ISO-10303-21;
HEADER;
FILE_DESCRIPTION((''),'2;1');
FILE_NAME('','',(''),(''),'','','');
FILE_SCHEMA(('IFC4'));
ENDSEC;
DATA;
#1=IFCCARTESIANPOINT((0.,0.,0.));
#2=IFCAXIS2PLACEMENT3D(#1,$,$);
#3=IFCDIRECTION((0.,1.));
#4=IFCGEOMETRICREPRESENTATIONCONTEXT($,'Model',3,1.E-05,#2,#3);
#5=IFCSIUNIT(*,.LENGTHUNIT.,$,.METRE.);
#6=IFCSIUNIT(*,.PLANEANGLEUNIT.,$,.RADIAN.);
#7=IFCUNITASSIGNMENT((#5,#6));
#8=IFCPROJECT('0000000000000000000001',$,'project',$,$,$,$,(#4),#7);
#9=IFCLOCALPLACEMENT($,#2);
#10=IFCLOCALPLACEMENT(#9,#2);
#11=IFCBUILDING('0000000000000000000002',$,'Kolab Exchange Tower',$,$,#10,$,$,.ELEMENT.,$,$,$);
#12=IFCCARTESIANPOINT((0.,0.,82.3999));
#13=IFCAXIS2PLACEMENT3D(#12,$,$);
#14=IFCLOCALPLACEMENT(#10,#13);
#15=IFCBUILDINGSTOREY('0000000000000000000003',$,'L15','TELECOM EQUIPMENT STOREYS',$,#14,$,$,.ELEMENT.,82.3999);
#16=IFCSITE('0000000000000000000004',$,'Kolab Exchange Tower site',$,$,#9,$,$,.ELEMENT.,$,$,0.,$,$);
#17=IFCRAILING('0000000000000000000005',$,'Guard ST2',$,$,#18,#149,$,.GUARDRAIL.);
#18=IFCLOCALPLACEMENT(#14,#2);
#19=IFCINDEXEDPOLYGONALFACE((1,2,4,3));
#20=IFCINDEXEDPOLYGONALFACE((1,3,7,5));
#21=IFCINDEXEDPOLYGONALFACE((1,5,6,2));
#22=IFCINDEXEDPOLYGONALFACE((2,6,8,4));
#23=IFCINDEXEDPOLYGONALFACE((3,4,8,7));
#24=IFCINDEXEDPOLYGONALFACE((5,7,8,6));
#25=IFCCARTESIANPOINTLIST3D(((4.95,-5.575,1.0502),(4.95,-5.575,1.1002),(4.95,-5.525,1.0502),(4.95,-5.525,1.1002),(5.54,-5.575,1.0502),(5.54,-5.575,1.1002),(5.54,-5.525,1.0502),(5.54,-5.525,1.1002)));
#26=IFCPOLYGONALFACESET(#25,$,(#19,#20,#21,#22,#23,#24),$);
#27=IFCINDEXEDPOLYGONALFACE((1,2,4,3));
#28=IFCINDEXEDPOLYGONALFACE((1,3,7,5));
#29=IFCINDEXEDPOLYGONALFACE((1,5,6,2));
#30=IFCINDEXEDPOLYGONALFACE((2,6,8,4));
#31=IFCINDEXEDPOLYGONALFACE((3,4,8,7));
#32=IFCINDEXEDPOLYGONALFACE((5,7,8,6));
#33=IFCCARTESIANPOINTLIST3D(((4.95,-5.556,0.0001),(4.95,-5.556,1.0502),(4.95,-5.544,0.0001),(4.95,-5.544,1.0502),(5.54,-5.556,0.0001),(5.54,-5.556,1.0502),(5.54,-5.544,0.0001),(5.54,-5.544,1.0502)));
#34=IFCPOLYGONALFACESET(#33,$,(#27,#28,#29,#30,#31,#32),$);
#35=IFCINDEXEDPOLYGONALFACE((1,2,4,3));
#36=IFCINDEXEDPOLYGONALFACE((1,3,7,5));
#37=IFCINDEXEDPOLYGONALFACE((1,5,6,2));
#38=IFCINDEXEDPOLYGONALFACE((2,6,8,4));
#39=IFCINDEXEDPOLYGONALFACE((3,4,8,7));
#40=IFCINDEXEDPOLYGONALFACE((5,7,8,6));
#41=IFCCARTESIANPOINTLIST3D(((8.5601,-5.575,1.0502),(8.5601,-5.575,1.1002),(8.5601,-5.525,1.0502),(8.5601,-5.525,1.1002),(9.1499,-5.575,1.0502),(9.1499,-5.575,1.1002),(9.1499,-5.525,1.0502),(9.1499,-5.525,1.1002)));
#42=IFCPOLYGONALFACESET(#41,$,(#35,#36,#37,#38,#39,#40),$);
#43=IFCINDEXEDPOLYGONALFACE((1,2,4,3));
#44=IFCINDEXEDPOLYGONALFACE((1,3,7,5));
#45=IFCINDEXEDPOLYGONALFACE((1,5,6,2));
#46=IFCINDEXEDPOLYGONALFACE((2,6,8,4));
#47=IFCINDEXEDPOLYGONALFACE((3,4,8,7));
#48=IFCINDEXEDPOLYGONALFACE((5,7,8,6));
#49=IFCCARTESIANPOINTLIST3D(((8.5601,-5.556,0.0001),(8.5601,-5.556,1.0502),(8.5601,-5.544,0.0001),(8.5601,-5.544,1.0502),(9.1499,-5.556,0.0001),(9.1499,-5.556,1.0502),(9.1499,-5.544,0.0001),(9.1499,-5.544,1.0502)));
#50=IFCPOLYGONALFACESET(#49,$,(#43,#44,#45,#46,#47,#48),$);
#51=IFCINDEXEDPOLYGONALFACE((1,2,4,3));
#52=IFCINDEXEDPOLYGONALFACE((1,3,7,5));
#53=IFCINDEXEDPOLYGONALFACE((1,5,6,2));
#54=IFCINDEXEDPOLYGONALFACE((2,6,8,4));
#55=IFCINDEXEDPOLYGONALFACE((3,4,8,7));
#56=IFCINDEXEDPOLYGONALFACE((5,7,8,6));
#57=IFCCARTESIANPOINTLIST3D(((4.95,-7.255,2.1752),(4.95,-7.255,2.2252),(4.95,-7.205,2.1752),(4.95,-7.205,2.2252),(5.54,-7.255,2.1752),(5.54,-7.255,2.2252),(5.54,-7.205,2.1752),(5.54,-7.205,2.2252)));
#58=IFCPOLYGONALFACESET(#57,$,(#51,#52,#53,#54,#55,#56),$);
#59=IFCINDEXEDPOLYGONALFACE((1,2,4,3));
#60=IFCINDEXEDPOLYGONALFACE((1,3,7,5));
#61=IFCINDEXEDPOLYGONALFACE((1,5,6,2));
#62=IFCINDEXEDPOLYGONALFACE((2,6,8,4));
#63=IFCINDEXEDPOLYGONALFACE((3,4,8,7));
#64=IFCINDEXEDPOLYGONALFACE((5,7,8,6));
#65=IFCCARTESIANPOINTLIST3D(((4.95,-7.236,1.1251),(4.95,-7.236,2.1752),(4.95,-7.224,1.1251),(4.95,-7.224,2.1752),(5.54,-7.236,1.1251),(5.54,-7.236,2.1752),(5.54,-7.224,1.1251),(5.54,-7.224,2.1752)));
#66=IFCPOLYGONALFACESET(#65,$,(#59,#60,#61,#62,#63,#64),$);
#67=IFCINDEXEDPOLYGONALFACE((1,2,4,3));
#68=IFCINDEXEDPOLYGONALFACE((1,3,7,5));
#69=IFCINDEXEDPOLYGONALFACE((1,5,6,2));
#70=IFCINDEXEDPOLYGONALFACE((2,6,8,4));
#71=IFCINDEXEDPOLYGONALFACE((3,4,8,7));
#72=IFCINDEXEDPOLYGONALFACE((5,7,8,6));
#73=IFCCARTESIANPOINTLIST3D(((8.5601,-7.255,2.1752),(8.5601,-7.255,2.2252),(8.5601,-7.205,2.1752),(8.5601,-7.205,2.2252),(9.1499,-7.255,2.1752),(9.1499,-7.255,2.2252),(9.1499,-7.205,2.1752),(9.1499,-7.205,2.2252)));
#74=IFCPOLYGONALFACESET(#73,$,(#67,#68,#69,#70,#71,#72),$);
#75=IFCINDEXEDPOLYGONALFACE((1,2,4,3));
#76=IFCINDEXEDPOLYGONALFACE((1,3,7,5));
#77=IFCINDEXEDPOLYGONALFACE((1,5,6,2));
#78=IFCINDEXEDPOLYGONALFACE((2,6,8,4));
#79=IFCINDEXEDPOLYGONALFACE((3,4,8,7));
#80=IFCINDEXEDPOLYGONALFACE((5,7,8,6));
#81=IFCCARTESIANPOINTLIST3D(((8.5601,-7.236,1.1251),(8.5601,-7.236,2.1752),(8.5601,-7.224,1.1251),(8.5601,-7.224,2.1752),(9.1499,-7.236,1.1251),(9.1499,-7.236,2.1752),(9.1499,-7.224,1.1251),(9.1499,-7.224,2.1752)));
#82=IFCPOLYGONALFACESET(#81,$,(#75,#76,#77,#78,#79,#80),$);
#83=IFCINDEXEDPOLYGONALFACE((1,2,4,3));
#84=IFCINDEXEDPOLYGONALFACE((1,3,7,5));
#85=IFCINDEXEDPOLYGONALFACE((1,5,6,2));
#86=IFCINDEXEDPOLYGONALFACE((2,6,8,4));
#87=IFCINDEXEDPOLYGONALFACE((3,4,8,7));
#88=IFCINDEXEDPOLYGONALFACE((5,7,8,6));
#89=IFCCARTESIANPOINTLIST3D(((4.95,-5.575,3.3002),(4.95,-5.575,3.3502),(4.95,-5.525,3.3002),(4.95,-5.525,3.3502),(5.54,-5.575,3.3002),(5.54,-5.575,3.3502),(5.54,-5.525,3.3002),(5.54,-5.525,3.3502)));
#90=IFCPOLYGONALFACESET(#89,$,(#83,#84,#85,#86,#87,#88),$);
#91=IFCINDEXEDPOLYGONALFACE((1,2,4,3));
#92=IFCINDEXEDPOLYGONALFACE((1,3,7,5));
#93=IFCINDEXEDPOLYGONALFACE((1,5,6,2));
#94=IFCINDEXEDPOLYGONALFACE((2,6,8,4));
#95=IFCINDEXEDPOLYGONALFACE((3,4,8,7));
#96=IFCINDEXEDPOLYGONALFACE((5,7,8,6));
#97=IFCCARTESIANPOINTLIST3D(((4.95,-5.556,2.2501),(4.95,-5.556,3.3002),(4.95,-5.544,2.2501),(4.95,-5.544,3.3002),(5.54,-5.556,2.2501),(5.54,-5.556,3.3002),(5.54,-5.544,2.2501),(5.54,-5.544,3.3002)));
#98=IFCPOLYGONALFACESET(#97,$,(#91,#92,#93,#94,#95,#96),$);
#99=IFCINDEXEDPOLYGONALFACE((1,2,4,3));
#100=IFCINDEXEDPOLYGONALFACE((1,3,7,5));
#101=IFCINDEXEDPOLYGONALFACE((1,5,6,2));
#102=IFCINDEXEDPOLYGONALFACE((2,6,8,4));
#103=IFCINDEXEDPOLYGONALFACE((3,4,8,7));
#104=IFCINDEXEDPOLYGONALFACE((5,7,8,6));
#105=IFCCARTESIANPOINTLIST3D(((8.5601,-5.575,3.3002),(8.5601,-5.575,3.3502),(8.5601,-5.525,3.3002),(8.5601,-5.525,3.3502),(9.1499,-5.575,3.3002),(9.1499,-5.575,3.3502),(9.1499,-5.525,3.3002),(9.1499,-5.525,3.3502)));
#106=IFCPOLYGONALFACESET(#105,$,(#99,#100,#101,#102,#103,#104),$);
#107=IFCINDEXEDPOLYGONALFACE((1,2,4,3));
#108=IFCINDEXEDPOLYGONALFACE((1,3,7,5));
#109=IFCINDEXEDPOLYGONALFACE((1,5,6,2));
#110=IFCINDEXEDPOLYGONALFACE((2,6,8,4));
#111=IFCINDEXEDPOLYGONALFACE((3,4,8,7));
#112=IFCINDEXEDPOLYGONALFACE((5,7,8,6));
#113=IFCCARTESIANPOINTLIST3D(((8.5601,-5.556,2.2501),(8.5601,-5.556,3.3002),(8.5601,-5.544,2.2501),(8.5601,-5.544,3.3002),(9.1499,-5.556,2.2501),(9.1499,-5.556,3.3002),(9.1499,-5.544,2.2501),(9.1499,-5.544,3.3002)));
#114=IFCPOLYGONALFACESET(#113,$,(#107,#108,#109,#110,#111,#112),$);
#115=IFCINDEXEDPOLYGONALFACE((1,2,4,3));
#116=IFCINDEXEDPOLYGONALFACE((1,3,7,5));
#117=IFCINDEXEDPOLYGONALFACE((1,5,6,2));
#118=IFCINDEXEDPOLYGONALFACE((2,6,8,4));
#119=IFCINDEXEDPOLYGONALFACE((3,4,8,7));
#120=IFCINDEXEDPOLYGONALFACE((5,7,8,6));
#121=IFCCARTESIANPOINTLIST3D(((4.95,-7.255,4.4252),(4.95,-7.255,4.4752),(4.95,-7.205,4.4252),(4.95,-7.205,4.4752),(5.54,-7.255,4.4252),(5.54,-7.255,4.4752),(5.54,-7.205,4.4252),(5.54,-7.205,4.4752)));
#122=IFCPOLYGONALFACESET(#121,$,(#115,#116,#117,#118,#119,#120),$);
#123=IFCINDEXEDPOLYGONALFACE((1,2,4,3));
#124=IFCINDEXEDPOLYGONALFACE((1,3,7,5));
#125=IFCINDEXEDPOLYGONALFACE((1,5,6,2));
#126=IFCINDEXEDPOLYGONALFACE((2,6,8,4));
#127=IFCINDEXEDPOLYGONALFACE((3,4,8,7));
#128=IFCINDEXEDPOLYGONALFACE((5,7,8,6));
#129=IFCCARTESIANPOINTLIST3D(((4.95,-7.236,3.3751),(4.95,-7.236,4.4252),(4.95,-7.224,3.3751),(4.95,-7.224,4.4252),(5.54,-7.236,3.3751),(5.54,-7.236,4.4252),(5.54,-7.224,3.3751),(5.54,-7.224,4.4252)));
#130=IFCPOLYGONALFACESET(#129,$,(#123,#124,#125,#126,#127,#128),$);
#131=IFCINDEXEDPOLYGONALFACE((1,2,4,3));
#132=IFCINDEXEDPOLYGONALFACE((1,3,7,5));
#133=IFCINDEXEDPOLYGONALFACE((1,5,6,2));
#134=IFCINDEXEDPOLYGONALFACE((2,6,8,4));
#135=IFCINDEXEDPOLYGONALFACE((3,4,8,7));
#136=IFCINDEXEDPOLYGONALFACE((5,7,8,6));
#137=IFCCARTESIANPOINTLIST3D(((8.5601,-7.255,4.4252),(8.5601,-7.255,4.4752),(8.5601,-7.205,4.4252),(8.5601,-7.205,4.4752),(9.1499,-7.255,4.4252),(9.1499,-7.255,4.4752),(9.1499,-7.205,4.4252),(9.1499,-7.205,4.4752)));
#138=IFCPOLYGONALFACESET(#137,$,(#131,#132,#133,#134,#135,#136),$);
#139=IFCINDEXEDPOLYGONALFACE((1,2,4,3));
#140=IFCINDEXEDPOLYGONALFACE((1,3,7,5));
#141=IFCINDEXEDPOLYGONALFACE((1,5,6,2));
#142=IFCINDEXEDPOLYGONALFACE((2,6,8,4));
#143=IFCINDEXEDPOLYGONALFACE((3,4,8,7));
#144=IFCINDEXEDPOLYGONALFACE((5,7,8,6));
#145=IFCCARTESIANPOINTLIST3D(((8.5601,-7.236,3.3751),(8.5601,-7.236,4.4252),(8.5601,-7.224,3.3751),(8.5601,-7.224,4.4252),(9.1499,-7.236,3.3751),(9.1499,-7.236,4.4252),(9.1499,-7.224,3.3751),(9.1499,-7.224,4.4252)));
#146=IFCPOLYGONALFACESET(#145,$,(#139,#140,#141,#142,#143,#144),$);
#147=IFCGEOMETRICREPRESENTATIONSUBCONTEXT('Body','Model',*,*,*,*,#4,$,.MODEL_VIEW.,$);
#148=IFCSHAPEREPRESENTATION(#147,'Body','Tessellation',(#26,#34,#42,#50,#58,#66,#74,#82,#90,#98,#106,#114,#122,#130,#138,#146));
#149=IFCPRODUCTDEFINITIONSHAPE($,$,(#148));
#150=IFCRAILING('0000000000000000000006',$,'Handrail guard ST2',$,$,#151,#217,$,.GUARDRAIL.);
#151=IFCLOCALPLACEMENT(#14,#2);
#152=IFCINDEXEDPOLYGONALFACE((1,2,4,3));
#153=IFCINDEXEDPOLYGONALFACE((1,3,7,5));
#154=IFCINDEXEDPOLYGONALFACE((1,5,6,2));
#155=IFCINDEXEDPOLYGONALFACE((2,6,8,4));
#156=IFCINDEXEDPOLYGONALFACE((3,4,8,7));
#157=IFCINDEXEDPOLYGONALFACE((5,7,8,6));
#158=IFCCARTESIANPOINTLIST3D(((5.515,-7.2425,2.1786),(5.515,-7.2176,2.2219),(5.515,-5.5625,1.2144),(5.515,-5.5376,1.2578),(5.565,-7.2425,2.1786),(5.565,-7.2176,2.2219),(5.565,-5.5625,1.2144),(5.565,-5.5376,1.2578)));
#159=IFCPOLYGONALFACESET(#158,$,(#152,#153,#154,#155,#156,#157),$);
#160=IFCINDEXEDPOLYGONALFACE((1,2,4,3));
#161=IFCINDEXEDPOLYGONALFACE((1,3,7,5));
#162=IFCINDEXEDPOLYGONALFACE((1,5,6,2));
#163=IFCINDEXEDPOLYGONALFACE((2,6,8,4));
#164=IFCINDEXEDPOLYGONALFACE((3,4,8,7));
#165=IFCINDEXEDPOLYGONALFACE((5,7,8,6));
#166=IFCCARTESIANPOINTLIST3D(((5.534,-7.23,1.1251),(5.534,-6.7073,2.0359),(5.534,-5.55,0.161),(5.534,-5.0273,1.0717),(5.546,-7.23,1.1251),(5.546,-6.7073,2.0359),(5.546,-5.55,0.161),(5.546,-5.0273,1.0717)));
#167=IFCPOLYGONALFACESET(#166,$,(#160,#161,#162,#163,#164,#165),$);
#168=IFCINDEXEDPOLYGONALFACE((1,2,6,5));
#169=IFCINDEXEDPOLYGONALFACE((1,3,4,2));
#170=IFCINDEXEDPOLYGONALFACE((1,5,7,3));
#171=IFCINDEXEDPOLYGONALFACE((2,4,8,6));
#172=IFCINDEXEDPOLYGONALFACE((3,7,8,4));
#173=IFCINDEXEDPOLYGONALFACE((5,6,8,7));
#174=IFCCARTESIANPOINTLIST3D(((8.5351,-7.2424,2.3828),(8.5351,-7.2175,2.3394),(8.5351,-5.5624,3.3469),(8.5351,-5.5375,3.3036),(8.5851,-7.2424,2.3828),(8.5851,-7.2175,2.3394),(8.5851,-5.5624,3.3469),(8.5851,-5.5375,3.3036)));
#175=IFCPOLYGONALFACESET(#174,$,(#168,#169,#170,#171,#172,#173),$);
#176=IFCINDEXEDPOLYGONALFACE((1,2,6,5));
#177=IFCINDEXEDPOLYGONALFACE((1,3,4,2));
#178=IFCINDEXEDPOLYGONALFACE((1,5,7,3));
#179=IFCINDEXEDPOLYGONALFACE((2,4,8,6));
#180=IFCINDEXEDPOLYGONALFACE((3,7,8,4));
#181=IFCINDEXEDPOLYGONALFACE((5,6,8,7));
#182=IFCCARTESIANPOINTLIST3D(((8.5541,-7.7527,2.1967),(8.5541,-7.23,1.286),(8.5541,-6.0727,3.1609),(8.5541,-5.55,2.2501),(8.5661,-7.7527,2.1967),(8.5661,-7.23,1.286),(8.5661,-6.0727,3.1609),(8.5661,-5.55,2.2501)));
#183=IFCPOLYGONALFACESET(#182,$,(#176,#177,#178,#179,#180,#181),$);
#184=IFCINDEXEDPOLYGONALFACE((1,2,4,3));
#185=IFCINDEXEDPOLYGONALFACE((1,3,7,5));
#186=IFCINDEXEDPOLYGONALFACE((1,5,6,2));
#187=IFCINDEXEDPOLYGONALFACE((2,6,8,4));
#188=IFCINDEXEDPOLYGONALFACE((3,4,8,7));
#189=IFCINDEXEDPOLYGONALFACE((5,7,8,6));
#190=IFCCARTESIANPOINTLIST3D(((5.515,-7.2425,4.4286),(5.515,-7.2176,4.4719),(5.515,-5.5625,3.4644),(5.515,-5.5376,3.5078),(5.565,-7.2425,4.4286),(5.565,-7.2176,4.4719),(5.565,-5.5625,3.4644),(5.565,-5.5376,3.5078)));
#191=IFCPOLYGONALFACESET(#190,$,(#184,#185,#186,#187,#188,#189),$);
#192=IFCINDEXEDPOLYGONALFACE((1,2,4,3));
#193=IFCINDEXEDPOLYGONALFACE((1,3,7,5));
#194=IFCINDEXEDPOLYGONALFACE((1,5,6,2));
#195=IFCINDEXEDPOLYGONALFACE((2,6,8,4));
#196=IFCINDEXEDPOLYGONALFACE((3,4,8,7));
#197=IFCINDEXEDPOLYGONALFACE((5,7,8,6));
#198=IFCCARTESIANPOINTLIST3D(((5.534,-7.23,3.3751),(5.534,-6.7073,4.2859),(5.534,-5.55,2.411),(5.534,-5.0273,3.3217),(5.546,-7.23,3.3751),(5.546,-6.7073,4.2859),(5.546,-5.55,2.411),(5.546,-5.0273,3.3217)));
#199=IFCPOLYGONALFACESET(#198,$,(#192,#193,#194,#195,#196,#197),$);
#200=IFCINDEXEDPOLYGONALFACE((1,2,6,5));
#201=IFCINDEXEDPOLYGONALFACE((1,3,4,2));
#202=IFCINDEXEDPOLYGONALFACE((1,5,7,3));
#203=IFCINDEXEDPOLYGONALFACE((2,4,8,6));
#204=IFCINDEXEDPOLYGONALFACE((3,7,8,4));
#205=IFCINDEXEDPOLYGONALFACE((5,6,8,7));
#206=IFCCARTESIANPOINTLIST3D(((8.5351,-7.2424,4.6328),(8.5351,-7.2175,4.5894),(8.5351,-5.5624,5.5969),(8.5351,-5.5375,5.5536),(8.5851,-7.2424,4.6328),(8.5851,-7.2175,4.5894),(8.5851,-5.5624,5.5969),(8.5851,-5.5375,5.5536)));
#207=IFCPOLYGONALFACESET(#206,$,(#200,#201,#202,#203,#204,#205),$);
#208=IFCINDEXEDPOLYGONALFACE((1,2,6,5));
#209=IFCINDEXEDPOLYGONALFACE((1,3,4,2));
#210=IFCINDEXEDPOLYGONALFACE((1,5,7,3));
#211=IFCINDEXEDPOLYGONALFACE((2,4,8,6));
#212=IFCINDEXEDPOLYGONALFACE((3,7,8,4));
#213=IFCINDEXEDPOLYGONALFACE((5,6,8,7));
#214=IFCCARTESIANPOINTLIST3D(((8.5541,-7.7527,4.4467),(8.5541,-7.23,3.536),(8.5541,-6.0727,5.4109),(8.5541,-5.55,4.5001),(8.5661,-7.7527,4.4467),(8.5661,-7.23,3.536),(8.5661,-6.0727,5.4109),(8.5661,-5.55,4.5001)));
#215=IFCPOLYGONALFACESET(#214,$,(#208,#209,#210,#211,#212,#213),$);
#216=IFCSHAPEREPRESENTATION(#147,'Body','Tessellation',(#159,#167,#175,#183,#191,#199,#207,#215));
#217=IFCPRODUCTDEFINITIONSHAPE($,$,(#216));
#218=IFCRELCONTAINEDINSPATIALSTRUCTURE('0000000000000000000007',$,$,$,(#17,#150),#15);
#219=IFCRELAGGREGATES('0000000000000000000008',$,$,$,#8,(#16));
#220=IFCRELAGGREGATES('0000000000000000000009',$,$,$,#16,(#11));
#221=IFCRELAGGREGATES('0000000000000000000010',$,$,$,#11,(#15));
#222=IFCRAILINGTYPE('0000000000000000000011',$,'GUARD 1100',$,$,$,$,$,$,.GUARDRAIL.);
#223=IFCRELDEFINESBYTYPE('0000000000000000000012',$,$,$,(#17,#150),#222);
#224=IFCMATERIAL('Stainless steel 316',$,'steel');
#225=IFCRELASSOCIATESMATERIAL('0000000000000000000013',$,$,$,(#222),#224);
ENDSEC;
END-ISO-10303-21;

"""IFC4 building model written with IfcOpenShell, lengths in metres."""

from ifc_helpers import new_model, si_unit, direction, frame, frame_2d, origin, origin_2d, place, context, subcontext, project, spatial, rectangle, extrude, material, type_object, element, save


model = new_model("IFC4")

# Units and contexts
model_context = context("Model", 3, precision=1e-05, world=origin(), true_north=direction((0.0, 1.0)))
body_context = subcontext(model_context, "Body", "Model", "MODEL_VIEW")
ifc_project = project(units=[si_unit("LENGTHUNIT", "METRE"), si_unit("PLANEANGLEUNIT", "RADIAN")], contexts=[model_context])

# Site, building, storey
site_placement = place(None, origin())
site = spatial("IfcSite", under=ifc_project, at=site_placement, Name="Kolab Exchange Tower site", CompositionType="ELEMENT", RefElevation=0.0)
building_placement = place(site_placement, origin())
building = spatial("IfcBuilding", under=site, at=building_placement, Name="Kolab Exchange Tower", CompositionType="ELEMENT")
storey_placement = place(building_placement, frame((0.0, 0.0, 82.3999)))
storey = spatial("IfcBuildingStorey", under=building, at=storey_placement, Name="L15", Description="TELECOM EQUIPMENT STOREYS", CompositionType="ELEMENT", Elevation=82.3999)

# Shared definitions
ifc_material_1 = material(Name="Stainless steel 316", Category="steel")

# Railings
railing_type = type_object("IfcRailingType", Name="GUARD 1100", PredefinedType="GUARDRAIL", material=ifc_material_1)
railing_1_placement = place(storey_placement, frame((4.95, -5.55, 0.0)))
element("IfcRailing", 1, at=railing_1_placement, inside=storey, type_object=railing_type, Name="Guard ST2", PredefinedType="GUARDRAIL", context=body_context, shape_type="SweptSolid", body=[
    extrude(rectangle(XDim=0.05, YDim=0.05, at=origin_2d()), frame((0.0, 0.0, 1.0752), z_axis=(1.0, 0.0, 0.0), x_axis=(0.0, 1.0, 0.0)), (0.0, 0.0, 1.0), 0.5901),
    extrude(rectangle(XDim=0.012, YDim=1.0501, at=frame_2d((0.0, 0.5251))), frame((0.0, 0.0, 0.0), z_axis=(1.0, 0.0, 0.0), x_axis=(0.0, 1.0, 0.0)), (0.0, 0.0, 1.0), 0.5901),
    extrude(rectangle(XDim=0.05, YDim=0.05, at=origin_2d()), frame((3.6101, 0.0, 1.0752), z_axis=(1.0, 0.0, 0.0), x_axis=(0.0, 1.0, 0.0)), (0.0, 0.0, 1.0), 0.5898),
    extrude(rectangle(XDim=0.012, YDim=1.0501, at=frame_2d((0.0, 0.5251))), frame((3.6101, 0.0, 0.0), z_axis=(1.0, 0.0, 0.0), x_axis=(0.0, 1.0, 0.0)), (0.0, 0.0, 1.0), 0.5898),
    extrude(rectangle(XDim=0.05, YDim=0.05, at=origin_2d()), frame((0.0, -1.6799, 2.2002), z_axis=(1.0, 0.0, 0.0), x_axis=(0.0, 1.0, 0.0)), (0.0, 0.0, 1.0), 0.5901),
    extrude(rectangle(XDim=0.012, YDim=1.0501, at=frame_2d((0.0, 0.5251))), frame((0.0, -1.6799, 1.125), z_axis=(1.0, 0.0, 0.0), x_axis=(0.0, 1.0, 0.0)), (0.0, 0.0, 1.0), 0.5901),
    extrude(rectangle(XDim=0.05, YDim=0.05, at=origin_2d()), frame((3.6101, -1.6799, 2.2002), z_axis=(1.0, 0.0, 0.0), x_axis=(0.0, 1.0, 0.0)), (0.0, 0.0, 1.0), 0.5898),
    extrude(rectangle(XDim=0.012, YDim=1.0501, at=frame_2d((0.0, 0.5251))), frame((3.6101, -1.6799, 1.125), z_axis=(1.0, 0.0, 0.0), x_axis=(0.0, 1.0, 0.0)), (0.0, 0.0, 1.0), 0.5898),
    extrude(rectangle(XDim=0.05, YDim=0.05, at=origin_2d()), frame((0.0, 0.0, 3.3252), z_axis=(1.0, 0.0, 0.0), x_axis=(0.0, 1.0, 0.0)), (0.0, 0.0, 1.0), 0.5901),
    extrude(rectangle(XDim=0.012, YDim=1.0501, at=frame_2d((0.0, 0.5251))), frame((0.0, 0.0, 2.25), z_axis=(1.0, 0.0, 0.0), x_axis=(0.0, 1.0, 0.0)), (0.0, 0.0, 1.0), 0.5901),
    extrude(rectangle(XDim=0.05, YDim=0.05, at=origin_2d()), frame((3.6101, 0.0, 3.3252), z_axis=(1.0, 0.0, 0.0), x_axis=(0.0, 1.0, 0.0)), (0.0, 0.0, 1.0), 0.5898),
    extrude(rectangle(XDim=0.012, YDim=1.0501, at=frame_2d((0.0, 0.5251))), frame((3.6101, 0.0, 2.25), z_axis=(1.0, 0.0, 0.0), x_axis=(0.0, 1.0, 0.0)), (0.0, 0.0, 1.0), 0.5898),
    extrude(rectangle(XDim=0.05, YDim=0.05, at=origin_2d()), frame((0.0, -1.6799, 4.4502), z_axis=(1.0, 0.0, 0.0), x_axis=(0.0, 1.0, 0.0)), (0.0, 0.0, 1.0), 0.5901),
    extrude(rectangle(XDim=0.012, YDim=1.0501, at=frame_2d((0.0, 0.5251))), frame((0.0, -1.6799, 3.375), z_axis=(1.0, 0.0, 0.0), x_axis=(0.0, 1.0, 0.0)), (0.0, 0.0, 1.0), 0.5901),
    extrude(rectangle(XDim=0.05, YDim=0.05, at=origin_2d()), frame((3.6101, -1.6799, 4.4502), z_axis=(1.0, 0.0, 0.0), x_axis=(0.0, 1.0, 0.0)), (0.0, 0.0, 1.0), 0.5898),
    extrude(rectangle(XDim=0.012, YDim=1.0501, at=frame_2d((0.0, 0.5251))), frame((3.6101, -1.6799, 3.375), z_axis=(1.0, 0.0, 0.0), x_axis=(0.0, 1.0, 0.0)), (0.0, 0.0, 1.0), 0.5898),
])
railing_2_placement = place(storey_placement, frame((5.54, -5.55, 0.1609)))
element("IfcRailing", 2, at=railing_2_placement, inside=storey, type_object=railing_type, Name="Handrail guard ST2", PredefinedType="GUARDRAIL", context=body_context, shape_type="SweptSolid", body=[
    extrude(rectangle(XDim=0.05, YDim=0.05, at=origin_2d()), frame((0.0, 0.0, 1.0752), z_axis=(0.0, -0.867319, 0.497753), x_axis=(1.0, 0.0, 0.0)), (0.0, 0.0, 1.0), 1.937),
    extrude(rectangle(XDim=0.012, YDim=1.0501, at=frame_2d((0.0, 0.5251))), frame((0.0, 0.0, 0.0), z_axis=(0.0, -0.867319, 0.497753), x_axis=(1.0, 0.0, 0.0)), (0.0, 0.0, 1.0), 1.937),
    extrude(rectangle(XDim=0.05, YDim=0.05, at=origin_2d()), frame((3.02, -1.6799, 2.2002), z_axis=(0.0, 0.867319, 0.497753), x_axis=(-1.0, 0.0, 0.0)), (0.0, 0.0, 1.0), 1.937),
    extrude(rectangle(XDim=0.012, YDim=1.0501, at=frame_2d((0.0, 0.5251))), frame((3.02, -1.6799, 1.125), z_axis=(0.0, 0.867319, 0.497753), x_axis=(-1.0, 0.0, 0.0)), (0.0, 0.0, 1.0), 1.937),
    extrude(rectangle(XDim=0.05, YDim=0.05, at=origin_2d()), frame((0.0, 0.0, 3.3252), z_axis=(0.0, -0.867319, 0.497753), x_axis=(1.0, 0.0, 0.0)), (0.0, 0.0, 1.0), 1.937),
    extrude(rectangle(XDim=0.012, YDim=1.0501, at=frame_2d((0.0, 0.5251))), frame((0.0, 0.0, 2.25), z_axis=(0.0, -0.867319, 0.497753), x_axis=(1.0, 0.0, 0.0)), (0.0, 0.0, 1.0), 1.937),
    extrude(rectangle(XDim=0.05, YDim=0.05, at=origin_2d()), frame((3.02, -1.6799, 4.4502), z_axis=(0.0, 0.867319, 0.497753), x_axis=(-1.0, 0.0, 0.0)), (0.0, 0.0, 1.0), 1.937),
    extrude(rectangle(XDim=0.012, YDim=1.0501, at=frame_2d((0.0, 0.5251))), frame((3.02, -1.6799, 3.375), z_axis=(0.0, 0.867319, 0.497753), x_axis=(-1.0, 0.0, 0.0)), (0.0, 0.0, 1.0), 1.937),
])

save(model, "model.ifc")
